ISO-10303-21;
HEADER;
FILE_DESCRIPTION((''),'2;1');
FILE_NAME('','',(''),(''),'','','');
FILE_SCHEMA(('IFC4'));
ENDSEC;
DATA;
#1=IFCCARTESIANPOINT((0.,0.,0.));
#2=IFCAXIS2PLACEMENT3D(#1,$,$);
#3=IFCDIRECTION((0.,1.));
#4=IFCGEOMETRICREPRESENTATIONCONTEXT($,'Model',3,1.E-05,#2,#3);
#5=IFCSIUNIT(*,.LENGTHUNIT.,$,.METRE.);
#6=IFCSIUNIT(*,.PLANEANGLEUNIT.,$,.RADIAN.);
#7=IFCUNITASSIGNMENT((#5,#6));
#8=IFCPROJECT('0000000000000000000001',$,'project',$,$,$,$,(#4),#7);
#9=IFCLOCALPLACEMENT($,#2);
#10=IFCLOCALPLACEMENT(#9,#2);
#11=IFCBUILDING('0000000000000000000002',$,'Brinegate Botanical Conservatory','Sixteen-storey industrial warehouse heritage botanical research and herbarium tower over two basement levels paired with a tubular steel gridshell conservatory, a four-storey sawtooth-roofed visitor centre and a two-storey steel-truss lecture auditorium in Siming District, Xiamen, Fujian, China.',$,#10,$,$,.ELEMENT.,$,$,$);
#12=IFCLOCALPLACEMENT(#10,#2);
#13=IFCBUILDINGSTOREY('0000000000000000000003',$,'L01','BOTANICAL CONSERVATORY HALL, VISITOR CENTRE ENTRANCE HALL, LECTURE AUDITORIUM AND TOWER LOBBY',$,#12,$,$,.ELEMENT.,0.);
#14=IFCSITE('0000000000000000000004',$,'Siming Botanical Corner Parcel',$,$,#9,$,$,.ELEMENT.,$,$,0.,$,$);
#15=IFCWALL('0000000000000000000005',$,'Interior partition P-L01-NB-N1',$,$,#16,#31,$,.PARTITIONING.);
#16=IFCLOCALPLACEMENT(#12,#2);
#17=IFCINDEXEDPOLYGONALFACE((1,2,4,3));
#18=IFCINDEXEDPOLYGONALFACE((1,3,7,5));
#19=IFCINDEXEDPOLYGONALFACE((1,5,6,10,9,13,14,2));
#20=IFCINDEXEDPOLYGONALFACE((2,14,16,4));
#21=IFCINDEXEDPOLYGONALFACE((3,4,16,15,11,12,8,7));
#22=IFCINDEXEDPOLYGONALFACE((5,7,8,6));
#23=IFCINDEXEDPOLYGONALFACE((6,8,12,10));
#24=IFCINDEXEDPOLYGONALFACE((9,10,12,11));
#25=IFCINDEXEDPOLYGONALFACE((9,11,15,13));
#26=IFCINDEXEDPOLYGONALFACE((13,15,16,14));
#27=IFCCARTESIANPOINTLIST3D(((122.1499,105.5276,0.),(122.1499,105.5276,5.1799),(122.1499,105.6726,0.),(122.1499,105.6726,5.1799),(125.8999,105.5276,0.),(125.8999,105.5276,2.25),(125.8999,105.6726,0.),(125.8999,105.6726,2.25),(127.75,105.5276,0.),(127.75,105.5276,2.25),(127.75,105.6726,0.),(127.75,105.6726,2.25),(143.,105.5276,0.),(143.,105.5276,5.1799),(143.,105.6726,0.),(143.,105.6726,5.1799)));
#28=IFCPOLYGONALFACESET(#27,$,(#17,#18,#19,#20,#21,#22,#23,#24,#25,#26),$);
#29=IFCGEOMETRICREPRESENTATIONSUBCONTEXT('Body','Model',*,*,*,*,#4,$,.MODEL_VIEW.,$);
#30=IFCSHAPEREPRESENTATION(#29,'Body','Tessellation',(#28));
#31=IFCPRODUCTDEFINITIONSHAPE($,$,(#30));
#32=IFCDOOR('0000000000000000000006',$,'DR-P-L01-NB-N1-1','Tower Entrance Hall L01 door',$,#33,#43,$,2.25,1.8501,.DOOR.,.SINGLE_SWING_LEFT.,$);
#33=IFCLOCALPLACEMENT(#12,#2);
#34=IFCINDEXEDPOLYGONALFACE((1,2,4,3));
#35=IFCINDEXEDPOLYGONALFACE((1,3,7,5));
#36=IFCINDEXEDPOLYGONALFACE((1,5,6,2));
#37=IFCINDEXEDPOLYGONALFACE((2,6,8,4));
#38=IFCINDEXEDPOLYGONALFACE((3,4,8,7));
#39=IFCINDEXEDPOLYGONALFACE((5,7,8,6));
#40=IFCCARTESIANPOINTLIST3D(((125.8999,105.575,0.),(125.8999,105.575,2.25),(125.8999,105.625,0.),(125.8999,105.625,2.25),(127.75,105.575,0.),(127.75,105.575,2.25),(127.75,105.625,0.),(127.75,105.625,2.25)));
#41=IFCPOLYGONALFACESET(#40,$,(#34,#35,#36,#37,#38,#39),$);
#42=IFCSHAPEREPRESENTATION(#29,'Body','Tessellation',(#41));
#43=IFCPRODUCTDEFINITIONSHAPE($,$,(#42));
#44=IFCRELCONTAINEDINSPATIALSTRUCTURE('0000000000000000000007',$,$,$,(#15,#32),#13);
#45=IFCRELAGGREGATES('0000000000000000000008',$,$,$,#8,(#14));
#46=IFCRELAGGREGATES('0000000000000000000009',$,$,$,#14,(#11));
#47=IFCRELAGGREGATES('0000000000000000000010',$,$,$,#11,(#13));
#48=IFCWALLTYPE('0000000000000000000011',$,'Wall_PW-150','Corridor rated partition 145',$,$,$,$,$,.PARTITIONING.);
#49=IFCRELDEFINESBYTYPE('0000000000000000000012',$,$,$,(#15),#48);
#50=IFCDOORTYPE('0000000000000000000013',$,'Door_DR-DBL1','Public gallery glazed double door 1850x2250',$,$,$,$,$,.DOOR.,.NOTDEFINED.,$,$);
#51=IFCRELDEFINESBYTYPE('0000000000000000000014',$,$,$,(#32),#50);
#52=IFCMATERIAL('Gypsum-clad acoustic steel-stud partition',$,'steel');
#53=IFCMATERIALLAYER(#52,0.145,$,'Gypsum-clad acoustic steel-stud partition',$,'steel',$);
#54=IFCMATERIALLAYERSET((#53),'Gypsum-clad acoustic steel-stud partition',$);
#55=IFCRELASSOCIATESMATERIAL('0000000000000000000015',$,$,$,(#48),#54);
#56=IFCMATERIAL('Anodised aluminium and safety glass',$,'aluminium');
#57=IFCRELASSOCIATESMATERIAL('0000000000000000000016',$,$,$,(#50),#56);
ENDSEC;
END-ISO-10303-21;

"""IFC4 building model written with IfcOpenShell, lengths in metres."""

from ifc_helpers import new_model, si_unit, direction, frame, frame_2d, origin, place, context, subcontext, project, spatial, rectangle, extrude, material, layer, layer_set, type_object, element, fill, save


model = new_model("IFC4")

# Units and contexts
model_context = context("Model", 3, precision=1e-05, world=origin(), true_north=direction((0.0, 1.0)))
body_context = subcontext(model_context, "Body", "Model", "MODEL_VIEW")
ifc_project = project(units=[si_unit("LENGTHUNIT", "METRE"), si_unit("PLANEANGLEUNIT", "RADIAN")], contexts=[model_context])

# Site, building, storey
site_placement = place(None, origin())
site = spatial("IfcSite", under=ifc_project, at=site_placement, Name="Siming Botanical Corner Parcel", CompositionType="ELEMENT", RefElevation=0.0)
building_placement = place(site_placement, origin())
building = spatial("IfcBuilding", under=site, at=building_placement, Name="Brinegate Botanical Conservatory", Description="Sixteen-storey industrial warehouse heritage botanical research and herbarium tower over two basement levels paired with a tubular steel gridshell conservatory, a four-storey sawtooth-roofed visitor centre and a two-storey steel-truss lecture auditorium in Siming District, Xiamen, Fujian, China.", CompositionType="ELEMENT")
storey_placement = place(building_placement, origin())
storey = spatial("IfcBuildingStorey", under=building, at=storey_placement, Name="L01", Description="BOTANICAL CONSERVATORY HALL, VISITOR CENTRE ENTRANCE HALL, LECTURE AUDITORIUM AND TOWER LOBBY", CompositionType="ELEMENT", Elevation=0.0)

# Wall, opening, door
ifc_material_1 = material(Name="Gypsum-clad acoustic steel-stud partition", Category="steel")
ifc_layer_1 = layer(ifc_material_1, 0.145, Name="Gypsum-clad acoustic steel-stud partition", Category="steel")
ifc_layer_set_1 = layer_set([ifc_layer_1], Name="Gypsum-clad acoustic steel-stud partition")
wall_type_1 = type_object("IfcWallType", Name="Wall_PW-150", Description="Corridor rated partition 145", PredefinedType="PARTITIONING", material=ifc_layer_set_1)
wall_1_placement = place(storey_placement, frame((122.1499, 105.6001, 0.0), z_axis=(0.0, 0.0, 1.0), x_axis=(1.0, 0.0, 0.0)))
wall_1 = element("IfcWall", 1, at=wall_1_placement, inside=storey, type_object=wall_type_1, Name="Interior partition P-L01-NB-N1", PredefinedType="PARTITIONING", context=body_context, shape_type="SweptSolid", body=[
    extrude(rectangle(XDim=20.8501, YDim=0.145, at=frame_2d((10.425, 0.0))), origin(), (0.0, 0.0, 1.0), 5.1799),
])
opening_1_placement = place(wall_1_placement, frame((3.75, 0.0, 0.0)))
opening_1 = element("IfcOpeningElement", 2, at=opening_1_placement, cuts=wall_1, PredefinedType="OPENING", context=body_context, shape_type="SweptSolid", body=[
    extrude(rectangle(XDim=1.8501, YDim=2.25, at=frame_2d((0.925, 1.125))), frame((0.0, 0.0825, 0.0), z_axis=(0.0, -1.0, 0.0), x_axis=(1.0, 0.0, 0.0)), (0.0, 0.0, 1.0), 0.165),
])
ifc_material_2 = material(Name="Anodised aluminium and safety glass", Category="aluminium")
door_type_1 = type_object("IfcDoorType", Name="Door_DR-DBL1", Description="Public gallery glazed double door 1850x2250", OperationType="NOTDEFINED", PredefinedType="DOOR", material=ifc_material_2)
door_1_placement = place(opening_1_placement, origin())
door_1 = element("IfcDoor", 3, at=door_1_placement, inside=storey, type_object=door_type_1, Name="DR-P-L01-NB-N1-1", Description="Tower Entrance Hall L01 door", OperationType="SINGLE_SWING_LEFT", OverallHeight=2.25, OverallWidth=1.8501, PredefinedType="DOOR", context=body_context, shape_type="SweptSolid", body=[
    extrude(rectangle(XDim=1.8501, YDim=2.25, at=frame_2d((0.925, 1.125))), frame((0.0, 0.0249, 0.0), z_axis=(0.0, -1.0, 0.0), x_axis=(1.0, 0.0, 0.0)), (0.0, 0.0, 1.0), 0.05),
])
fill(opening_1, door_1)

save(model, "model.ifc")
